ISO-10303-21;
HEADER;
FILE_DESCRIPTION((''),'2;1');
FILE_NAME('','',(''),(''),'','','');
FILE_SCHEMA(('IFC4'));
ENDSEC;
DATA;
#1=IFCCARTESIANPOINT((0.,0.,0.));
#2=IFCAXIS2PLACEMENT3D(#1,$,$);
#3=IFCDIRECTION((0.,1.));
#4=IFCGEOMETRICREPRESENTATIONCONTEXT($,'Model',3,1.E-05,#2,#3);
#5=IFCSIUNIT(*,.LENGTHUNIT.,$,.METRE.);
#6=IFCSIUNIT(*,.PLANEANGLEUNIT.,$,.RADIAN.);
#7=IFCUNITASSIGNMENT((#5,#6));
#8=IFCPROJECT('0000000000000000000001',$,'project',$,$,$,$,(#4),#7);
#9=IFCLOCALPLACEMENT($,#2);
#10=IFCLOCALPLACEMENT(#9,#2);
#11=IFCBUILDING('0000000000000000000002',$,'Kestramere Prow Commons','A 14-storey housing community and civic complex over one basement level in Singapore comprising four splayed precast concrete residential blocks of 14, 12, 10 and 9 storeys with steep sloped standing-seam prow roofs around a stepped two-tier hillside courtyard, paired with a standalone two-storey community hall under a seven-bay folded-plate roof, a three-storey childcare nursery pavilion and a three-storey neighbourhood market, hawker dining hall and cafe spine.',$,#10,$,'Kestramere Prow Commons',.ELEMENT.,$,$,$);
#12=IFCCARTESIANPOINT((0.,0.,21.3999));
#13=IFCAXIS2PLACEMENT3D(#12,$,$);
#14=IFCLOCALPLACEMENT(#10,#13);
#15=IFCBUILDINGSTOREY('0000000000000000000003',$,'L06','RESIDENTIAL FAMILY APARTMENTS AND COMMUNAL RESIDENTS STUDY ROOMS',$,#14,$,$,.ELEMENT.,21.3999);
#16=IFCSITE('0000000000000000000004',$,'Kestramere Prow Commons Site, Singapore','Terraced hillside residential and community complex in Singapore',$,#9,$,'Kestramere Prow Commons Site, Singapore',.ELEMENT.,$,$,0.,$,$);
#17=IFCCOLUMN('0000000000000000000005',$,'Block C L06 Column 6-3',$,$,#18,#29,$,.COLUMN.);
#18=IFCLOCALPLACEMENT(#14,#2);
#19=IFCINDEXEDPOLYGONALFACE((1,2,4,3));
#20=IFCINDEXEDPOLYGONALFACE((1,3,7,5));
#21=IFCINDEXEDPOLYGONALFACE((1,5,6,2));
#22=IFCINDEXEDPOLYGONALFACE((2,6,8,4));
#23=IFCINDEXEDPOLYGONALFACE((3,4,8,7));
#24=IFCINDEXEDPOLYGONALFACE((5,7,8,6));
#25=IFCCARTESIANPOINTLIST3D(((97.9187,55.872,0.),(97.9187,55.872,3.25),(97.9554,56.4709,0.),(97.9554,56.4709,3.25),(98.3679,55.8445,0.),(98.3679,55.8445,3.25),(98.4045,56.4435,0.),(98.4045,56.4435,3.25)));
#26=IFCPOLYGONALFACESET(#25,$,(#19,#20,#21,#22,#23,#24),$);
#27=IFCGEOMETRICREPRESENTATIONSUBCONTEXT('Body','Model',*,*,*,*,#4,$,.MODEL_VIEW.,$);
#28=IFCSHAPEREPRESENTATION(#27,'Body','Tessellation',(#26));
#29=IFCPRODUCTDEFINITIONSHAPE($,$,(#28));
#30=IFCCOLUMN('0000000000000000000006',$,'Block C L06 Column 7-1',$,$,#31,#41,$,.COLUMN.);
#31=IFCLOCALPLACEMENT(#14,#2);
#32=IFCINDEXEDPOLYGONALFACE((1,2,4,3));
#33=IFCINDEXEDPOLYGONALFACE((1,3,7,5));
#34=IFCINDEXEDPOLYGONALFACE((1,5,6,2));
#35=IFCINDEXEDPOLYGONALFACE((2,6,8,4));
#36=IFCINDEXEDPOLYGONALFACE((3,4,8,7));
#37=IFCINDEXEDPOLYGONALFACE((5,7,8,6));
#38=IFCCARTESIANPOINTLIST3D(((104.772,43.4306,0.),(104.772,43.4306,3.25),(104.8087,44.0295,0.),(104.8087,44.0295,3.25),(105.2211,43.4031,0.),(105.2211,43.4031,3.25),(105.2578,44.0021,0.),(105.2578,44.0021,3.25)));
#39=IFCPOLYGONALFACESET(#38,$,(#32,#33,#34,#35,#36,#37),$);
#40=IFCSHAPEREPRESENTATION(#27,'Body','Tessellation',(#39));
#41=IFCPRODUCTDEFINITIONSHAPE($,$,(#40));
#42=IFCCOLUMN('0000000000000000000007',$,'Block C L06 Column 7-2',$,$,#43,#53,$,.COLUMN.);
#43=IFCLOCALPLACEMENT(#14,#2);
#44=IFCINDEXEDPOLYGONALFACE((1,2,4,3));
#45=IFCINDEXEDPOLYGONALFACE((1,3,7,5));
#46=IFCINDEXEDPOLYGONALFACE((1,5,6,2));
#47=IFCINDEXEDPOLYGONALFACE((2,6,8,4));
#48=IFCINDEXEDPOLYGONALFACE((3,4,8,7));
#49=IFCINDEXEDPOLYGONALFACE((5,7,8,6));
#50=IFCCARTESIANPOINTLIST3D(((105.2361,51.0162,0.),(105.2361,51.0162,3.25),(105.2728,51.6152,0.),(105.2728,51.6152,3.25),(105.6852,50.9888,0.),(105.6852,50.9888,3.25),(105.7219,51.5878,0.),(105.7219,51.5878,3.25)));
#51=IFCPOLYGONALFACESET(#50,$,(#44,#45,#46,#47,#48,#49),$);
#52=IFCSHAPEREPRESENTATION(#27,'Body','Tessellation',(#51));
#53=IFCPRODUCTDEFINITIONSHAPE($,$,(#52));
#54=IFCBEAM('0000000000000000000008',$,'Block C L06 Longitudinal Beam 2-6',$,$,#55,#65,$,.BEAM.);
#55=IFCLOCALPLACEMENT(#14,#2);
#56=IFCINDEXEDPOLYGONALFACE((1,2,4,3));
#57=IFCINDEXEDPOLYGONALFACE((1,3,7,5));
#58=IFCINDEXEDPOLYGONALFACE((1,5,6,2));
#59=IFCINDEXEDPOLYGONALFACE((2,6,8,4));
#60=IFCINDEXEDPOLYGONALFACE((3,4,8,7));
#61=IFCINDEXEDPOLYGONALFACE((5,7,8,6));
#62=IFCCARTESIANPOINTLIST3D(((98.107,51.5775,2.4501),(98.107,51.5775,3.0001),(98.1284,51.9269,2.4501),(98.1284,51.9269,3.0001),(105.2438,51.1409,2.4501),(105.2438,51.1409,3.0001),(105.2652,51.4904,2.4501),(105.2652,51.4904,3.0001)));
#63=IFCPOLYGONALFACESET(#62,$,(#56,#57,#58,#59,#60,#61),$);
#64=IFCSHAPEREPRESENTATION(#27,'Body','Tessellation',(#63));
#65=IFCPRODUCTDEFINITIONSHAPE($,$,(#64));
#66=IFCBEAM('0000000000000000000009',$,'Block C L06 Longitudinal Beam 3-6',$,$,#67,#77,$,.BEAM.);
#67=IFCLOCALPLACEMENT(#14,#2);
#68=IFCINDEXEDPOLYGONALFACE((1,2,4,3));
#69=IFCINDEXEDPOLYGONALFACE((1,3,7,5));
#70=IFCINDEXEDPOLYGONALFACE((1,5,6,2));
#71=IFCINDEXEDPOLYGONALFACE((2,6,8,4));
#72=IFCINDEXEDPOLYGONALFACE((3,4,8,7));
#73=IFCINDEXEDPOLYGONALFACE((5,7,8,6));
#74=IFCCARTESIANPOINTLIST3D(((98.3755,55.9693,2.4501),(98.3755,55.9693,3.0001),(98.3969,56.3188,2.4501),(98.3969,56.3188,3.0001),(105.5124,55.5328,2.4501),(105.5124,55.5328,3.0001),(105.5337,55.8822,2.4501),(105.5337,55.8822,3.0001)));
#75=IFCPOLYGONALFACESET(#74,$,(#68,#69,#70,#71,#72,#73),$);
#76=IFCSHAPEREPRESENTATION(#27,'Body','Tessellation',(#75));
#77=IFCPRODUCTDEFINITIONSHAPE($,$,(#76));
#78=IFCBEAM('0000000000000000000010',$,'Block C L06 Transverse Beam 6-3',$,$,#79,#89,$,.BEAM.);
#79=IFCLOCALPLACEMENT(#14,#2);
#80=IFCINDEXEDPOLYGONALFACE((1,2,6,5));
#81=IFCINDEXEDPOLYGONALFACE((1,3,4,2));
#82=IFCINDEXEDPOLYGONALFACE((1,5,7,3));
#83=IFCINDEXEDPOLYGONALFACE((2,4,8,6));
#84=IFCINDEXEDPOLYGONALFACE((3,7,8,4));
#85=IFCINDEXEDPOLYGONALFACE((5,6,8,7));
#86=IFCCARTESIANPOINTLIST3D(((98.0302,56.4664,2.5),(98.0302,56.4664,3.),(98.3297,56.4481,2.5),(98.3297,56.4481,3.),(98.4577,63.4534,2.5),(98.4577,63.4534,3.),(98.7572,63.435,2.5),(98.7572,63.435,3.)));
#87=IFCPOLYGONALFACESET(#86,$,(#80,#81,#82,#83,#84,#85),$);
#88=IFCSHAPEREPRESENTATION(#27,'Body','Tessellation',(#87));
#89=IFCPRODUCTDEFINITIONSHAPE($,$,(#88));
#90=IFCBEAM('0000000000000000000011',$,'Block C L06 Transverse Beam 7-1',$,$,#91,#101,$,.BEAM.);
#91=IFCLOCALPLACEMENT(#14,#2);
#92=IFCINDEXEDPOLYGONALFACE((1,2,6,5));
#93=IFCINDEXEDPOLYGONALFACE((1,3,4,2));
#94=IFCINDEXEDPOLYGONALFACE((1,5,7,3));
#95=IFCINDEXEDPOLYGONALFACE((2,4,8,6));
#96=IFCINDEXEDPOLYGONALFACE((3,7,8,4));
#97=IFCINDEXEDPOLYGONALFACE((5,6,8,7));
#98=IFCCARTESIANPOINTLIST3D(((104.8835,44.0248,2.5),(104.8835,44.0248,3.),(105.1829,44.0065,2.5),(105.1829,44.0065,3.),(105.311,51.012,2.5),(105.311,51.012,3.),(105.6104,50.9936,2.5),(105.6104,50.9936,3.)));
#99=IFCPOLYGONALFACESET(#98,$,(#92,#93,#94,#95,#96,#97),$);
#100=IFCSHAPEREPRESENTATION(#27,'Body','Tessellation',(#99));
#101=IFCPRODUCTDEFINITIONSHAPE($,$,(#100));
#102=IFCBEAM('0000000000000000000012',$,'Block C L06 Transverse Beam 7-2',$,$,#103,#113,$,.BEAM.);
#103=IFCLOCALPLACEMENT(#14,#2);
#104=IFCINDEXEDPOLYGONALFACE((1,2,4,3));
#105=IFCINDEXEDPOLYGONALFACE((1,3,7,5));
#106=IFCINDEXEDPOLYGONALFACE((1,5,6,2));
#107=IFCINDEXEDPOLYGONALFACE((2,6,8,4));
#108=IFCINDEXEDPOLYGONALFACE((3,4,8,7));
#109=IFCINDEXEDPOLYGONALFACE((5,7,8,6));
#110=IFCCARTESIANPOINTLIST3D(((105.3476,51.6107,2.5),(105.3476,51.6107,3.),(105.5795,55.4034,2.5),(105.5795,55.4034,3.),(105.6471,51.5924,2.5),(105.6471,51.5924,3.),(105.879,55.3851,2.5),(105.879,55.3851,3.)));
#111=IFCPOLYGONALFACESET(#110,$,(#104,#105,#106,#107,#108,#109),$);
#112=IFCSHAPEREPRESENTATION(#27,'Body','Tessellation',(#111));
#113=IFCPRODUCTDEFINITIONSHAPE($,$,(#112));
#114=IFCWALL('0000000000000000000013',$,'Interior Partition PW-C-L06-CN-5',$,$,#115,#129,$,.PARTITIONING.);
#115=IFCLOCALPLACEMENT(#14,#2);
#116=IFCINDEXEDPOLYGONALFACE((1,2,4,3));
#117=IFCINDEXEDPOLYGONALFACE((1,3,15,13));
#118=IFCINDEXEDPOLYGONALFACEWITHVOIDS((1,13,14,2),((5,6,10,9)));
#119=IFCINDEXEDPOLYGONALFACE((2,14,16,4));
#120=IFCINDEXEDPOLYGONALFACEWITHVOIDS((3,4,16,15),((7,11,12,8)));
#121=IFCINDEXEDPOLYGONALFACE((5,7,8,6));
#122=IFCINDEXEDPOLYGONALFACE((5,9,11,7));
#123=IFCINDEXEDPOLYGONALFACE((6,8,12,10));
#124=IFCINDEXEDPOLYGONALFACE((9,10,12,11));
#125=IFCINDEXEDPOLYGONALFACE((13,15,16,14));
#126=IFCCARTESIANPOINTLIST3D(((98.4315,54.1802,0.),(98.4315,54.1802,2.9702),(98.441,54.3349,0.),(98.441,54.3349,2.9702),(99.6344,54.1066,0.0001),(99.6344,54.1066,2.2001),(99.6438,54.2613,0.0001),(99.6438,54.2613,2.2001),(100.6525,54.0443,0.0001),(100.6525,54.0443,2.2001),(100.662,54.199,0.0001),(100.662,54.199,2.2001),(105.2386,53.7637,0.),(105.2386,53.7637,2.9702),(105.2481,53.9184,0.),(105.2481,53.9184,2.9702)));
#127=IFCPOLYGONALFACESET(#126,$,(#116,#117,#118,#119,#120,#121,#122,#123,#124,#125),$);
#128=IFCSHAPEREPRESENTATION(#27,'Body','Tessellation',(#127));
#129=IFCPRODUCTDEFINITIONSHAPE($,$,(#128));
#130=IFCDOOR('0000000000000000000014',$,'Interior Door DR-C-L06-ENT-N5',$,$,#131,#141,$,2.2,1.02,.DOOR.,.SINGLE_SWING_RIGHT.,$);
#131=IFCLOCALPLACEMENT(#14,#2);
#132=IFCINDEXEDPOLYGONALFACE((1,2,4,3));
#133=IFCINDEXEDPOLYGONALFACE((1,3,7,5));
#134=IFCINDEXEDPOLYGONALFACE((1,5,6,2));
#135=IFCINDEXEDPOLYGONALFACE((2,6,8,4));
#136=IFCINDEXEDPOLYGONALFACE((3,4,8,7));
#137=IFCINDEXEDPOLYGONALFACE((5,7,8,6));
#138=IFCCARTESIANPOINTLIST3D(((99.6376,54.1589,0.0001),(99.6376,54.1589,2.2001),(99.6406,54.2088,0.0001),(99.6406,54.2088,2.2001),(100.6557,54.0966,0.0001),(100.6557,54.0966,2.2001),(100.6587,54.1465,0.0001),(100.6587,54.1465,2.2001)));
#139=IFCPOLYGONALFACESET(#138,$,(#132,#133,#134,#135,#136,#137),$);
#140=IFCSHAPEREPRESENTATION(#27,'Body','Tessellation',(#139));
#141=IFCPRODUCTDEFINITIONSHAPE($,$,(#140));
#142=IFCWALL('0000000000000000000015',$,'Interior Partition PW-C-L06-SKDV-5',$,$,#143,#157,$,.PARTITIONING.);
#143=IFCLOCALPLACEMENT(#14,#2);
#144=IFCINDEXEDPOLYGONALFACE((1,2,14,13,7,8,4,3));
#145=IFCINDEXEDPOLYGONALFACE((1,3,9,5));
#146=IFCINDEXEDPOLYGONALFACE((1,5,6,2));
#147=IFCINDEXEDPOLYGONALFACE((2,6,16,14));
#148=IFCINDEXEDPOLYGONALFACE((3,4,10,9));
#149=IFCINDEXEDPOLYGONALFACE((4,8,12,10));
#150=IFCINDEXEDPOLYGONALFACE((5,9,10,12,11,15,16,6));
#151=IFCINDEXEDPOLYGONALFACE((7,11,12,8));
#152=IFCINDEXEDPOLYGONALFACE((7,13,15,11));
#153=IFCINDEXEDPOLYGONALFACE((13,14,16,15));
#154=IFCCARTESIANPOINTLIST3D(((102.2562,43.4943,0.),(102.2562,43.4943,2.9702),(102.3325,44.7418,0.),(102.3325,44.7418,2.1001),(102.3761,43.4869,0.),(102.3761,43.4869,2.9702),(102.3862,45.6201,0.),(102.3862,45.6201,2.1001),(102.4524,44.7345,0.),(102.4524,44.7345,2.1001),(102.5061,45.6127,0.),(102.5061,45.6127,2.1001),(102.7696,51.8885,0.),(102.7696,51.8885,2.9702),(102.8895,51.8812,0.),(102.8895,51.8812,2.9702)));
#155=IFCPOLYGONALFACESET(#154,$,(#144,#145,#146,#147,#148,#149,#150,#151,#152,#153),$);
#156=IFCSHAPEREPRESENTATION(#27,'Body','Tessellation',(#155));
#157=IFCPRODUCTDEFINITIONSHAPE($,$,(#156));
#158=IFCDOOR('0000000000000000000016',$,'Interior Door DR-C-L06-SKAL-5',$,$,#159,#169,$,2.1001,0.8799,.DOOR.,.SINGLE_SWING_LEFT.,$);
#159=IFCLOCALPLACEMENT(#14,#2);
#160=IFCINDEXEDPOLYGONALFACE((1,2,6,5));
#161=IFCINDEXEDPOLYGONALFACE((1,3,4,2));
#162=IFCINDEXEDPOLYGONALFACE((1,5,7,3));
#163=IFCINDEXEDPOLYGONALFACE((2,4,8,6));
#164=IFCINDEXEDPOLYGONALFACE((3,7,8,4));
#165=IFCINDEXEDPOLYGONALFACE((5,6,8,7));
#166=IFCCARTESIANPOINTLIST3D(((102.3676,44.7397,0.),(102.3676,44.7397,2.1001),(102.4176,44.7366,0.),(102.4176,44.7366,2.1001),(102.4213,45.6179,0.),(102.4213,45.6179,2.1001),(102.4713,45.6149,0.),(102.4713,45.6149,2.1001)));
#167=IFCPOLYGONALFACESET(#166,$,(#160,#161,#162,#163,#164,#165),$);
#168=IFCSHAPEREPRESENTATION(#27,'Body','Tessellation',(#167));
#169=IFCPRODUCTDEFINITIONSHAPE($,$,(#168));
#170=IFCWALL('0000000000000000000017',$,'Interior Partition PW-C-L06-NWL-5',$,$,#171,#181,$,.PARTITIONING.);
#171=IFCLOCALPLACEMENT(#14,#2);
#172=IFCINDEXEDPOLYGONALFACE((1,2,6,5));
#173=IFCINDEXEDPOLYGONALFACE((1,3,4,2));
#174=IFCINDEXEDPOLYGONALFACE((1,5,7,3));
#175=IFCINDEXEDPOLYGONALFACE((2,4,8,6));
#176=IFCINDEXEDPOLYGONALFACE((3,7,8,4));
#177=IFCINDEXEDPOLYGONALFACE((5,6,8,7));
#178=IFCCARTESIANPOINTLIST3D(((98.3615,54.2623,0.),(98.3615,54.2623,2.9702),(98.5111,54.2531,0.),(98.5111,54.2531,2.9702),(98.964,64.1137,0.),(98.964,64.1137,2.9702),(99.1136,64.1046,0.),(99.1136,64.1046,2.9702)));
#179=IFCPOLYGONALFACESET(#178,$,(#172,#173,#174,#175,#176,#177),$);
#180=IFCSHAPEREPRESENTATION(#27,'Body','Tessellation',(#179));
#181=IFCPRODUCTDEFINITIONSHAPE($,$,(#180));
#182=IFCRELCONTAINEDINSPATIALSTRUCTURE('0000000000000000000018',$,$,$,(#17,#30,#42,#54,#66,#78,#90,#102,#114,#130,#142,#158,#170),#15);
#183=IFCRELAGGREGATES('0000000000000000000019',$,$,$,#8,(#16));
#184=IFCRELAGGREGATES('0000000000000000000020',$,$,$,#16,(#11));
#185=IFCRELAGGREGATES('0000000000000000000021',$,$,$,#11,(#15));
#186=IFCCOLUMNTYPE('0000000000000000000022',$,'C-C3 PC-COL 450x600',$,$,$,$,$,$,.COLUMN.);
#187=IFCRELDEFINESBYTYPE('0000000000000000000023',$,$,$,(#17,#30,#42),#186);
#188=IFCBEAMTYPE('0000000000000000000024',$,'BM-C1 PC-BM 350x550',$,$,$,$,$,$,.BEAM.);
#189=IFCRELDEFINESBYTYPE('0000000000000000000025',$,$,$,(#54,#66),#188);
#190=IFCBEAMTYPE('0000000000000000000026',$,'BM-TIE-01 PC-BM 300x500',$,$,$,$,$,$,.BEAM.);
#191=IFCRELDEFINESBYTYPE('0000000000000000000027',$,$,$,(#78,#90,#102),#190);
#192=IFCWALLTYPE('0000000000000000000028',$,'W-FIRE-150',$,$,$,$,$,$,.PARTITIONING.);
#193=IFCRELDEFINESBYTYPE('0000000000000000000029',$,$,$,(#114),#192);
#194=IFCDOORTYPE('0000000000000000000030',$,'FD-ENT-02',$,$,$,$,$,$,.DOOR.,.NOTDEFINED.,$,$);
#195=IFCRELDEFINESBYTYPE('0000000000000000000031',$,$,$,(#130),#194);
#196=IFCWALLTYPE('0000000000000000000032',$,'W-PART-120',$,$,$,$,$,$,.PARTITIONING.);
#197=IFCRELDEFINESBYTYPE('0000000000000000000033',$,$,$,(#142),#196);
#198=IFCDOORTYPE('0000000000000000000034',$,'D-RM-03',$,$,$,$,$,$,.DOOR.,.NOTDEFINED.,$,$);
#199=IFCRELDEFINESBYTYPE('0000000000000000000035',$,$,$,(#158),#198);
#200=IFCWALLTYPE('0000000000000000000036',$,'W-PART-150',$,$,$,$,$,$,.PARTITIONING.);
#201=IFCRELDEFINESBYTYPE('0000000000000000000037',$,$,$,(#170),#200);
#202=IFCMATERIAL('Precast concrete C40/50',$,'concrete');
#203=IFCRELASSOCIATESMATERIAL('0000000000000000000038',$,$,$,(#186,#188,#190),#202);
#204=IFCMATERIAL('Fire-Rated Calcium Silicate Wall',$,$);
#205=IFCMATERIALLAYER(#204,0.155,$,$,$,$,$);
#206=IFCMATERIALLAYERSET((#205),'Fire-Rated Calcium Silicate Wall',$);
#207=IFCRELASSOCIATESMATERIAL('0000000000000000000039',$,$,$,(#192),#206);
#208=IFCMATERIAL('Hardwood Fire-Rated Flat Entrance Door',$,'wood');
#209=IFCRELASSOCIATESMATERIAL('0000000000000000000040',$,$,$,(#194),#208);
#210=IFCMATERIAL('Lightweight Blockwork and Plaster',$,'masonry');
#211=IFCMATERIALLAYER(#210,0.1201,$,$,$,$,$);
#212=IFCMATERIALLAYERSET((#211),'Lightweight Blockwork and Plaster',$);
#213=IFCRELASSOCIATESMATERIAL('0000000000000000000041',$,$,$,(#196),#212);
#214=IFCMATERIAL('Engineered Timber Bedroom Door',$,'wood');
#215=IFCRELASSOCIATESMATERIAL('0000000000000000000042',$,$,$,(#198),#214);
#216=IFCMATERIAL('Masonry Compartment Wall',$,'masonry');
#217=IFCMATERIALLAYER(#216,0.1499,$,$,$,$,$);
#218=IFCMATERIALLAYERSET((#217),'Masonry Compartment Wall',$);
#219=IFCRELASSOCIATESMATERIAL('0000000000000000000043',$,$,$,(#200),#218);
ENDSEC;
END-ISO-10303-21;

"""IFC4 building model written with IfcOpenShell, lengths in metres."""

from ifc_helpers import new_model, si_unit, direction, frame, frame_2d, origin, origin_2d, place, context, subcontext, project, spatial, rectangle, extrude, material, layer, layer_set, material_profile, profile_set, type_object, element, fill, save


model = new_model("IFC4")

# Units and contexts
model_context = context("Model", 3, precision=1e-05, world=origin(), true_north=direction((0.0, 1.0)))
body_context = subcontext(model_context, "Body", "Model", "MODEL_VIEW")
ifc_project = project(units=[si_unit("LENGTHUNIT", "METRE"), si_unit("PLANEANGLEUNIT", "RADIAN")], contexts=[model_context])

# Site, building, storey
site_placement = place(None, origin())
site = spatial("IfcSite", under=ifc_project, at=site_placement, Name="Kestramere Prow Commons Site, Singapore", Description="Terraced hillside residential and community complex in Singapore", LongName="Kestramere Prow Commons Site, Singapore", CompositionType="ELEMENT", RefElevation=0.0)
building_placement = place(site_placement, origin())
building = spatial("IfcBuilding", under=site, at=building_placement, Name="Kestramere Prow Commons", Description="A 14-storey housing community and civic complex over one basement level in Singapore comprising four splayed precast concrete residential blocks of 14, 12, 10 and 9 storeys with steep sloped standing-seam prow roofs around a stepped two-tier hillside courtyard, paired with a standalone two-storey community hall under a seven-bay folded-plate roof, a three-storey childcare nursery pavilion and a three-storey neighbourhood market, hawker dining hall and cafe spine.", LongName="Kestramere Prow Commons", CompositionType="ELEMENT")
storey_placement = place(building_placement, frame((0.0, 0.0, 21.3999)))
storey = spatial("IfcBuildingStorey", under=building, at=storey_placement, Name="L06", Description="RESIDENTIAL FAMILY APARTMENTS AND COMMUNAL RESIDENTS STUDY ROOMS", CompositionType="ELEMENT", Elevation=21.3999)

# Columns
ifc_material_1 = material(Name="Precast concrete C40/50", Category="concrete")
ifc_material_profile_1 = material_profile(ifc_material_1, rectangle(XDim=0.45, YDim=0.6001, at=origin_2d()), Name="PC-COL 450x600")
ifc_profile_set_1 = profile_set([ifc_material_profile_1], Name="Precast concrete C40/50")
column_type = type_object("IfcColumnType", Name="C-C3 PC-COL 450x600", PredefinedType="COLUMN", material=ifc_profile_set_1)
for number, where, z_axis, x_axis, name in (
    (1, (98.1616, 56.1577, 0.0), (0.0, 0.0, 1.0), (0.998135, -0.061049, 0.0), "Block C L06 Column 6-3"),
    (2, (105.0149, 43.7163, 0.0), (0.0, 0.0, 1.0), (0.998135, -0.061049, 0.0), "Block C L06 Column 7-1"),
    (3, (105.479, 51.302, 0.0), (0.0, 0.0, 1.0), (0.998135, -0.061049, 0.0), "Block C L06 Column 7-2"),
):
    element("IfcColumn", number, at=place(storey_placement, frame(where, z_axis=z_axis, x_axis=x_axis)), inside=storey, type_object=column_type, Name=name, PredefinedType="COLUMN", context=body_context, shape_type="SweptSolid", body=[
        extrude(rectangle(XDim=0.45, YDim=0.6001, at=origin_2d()), origin(), (0.0, 0.0, 1.0), 3.25),
    ])

# Beams
ifc_material_profile_2 = material_profile(ifc_material_1, rectangle(XDim=0.3501, YDim=0.55, at=origin_2d()), Name="PC-BM 350x550")
ifc_profile_set_2 = profile_set([ifc_material_profile_2], Name="Precast concrete C40/50")
beam_type_1 = type_object("IfcBeamType", Name="BM-C1 PC-BM 350x550", PredefinedType="BEAM", material=ifc_profile_set_2)
for number, where, z_axis, x_axis, name in (
    (4, (98.1177, 51.7522, 2.7251), (0.998135, -0.061052, 0.0), (0.061052, 0.998135, 0.0), "Block C L06 Longitudinal Beam 2-6"),
    (5, (98.3862, 56.144, 2.7251), (0.998135, -0.061052, 0.0), (0.061052, 0.998135, 0.0), "Block C L06 Longitudinal Beam 3-6"),
):
    element("IfcBeam", number, at=place(storey_placement, frame(where, z_axis=z_axis, x_axis=x_axis)), inside=storey, type_object=beam_type_1, Name=name, PredefinedType="BEAM", context=body_context, shape_type="SweptSolid", body=[
        extrude(rectangle(XDim=0.3501, YDim=0.55, at=origin_2d()), origin(), (0.0, 0.0, 1.0), 7.1501),
    ])
ifc_material_profile_3 = material_profile(ifc_material_1, rectangle(XDim=0.3, YDim=0.5, at=origin_2d()), Name="PC-BM 300x500")
ifc_profile_set_3 = profile_set([ifc_material_profile_3], Name="Precast concrete C40/50")
beam_type_2 = type_object("IfcBeamType", Name="BM-TIE-01 PC-BM 300x500", PredefinedType="BEAM", material=ifc_profile_set_3)
beam_1_placement = place(storey_placement, frame((98.1799, 56.4573, 2.75), z_axis=(0.061071, 0.998133, 0.0), x_axis=(-0.998133, 0.061071, 0.0)))
element("IfcBeam", 6, at=beam_1_placement, inside=storey, type_object=beam_type_2, Name="Block C L06 Transverse Beam 6-3", PredefinedType="BEAM", context=body_context, shape_type="SweptSolid", body=[
    extrude(rectangle(XDim=0.3, YDim=0.5, at=origin_2d()), origin(), (0.0, 0.0, 1.0), 7.0),
])
beam_2_placement = place(storey_placement, frame((105.0332, 44.0156, 2.75), z_axis=(0.061069, 0.998134, 0.0), x_axis=(-0.998134, 0.061069, 0.0)))
element("IfcBeam", 7, at=beam_2_placement, inside=storey, type_object=beam_type_2, Name="Block C L06 Transverse Beam 7-1", PredefinedType="BEAM", context=body_context, shape_type="SweptSolid", body=[
    extrude(rectangle(XDim=0.3, YDim=0.5, at=origin_2d()), origin(), (0.0, 0.0, 1.0), 7.0002),
])
beam_3_placement = place(storey_placement, frame((105.4973, 51.6016, 2.75), z_axis=(0.061038, 0.998135, 0.0), x_axis=(-0.998135, 0.061038, 0.0)))
element("IfcBeam", 8, at=beam_3_placement, inside=storey, type_object=beam_type_2, Name="Block C L06 Transverse Beam 7-2", PredefinedType="BEAM", context=body_context, shape_type="SweptSolid", body=[
    extrude(rectangle(XDim=0.3, YDim=0.5, at=origin_2d()), origin(), (0.0, 0.0, 1.0), 3.7998),
])

# Walls, openings, doors
ifc_material_2 = material(Name="Fire-Rated Calcium Silicate Wall")
ifc_layer_1 = layer(ifc_material_2, 0.155)
ifc_layer_set_1 = layer_set([ifc_layer_1], Name="Fire-Rated Calcium Silicate Wall")
wall_type_1 = type_object("IfcWallType", Name="W-FIRE-150", PredefinedType="PARTITIONING", material=ifc_layer_set_1)
wall_1_placement = place(storey_placement, frame((98.4363, 54.2576, 0.0), z_axis=(0.0, 0.0, 1.0), x_axis=(0.998133, -0.061072, 0.0)))
wall_1 = element("IfcWall", 9, at=wall_1_placement, inside=storey, type_object=wall_type_1, Name="Interior Partition PW-C-L06-CN-5", PredefinedType="PARTITIONING", context=body_context, shape_type="SweptSolid", body=[
    extrude(rectangle(XDim=6.8198, YDim=0.155, at=frame_2d((3.4099, 0.0))), origin(), (0.0, 0.0, 1.0), 2.9702),
])
opening_1_placement = place(wall_1_placement, frame((1.2051, 0.0, 0.0)))
opening_1 = element("IfcOpeningElement", 10, at=opening_1_placement, cuts=wall_1, PredefinedType="OPENING", context=body_context, shape_type="SweptSolid", body=[
    extrude(rectangle(XDim=1.02, YDim=2.2, at=frame_2d((0.51, 1.1001))), frame((0.0, 0.0925, 0.0), z_axis=(0.0, -1.0, 0.0), x_axis=(1.0, 0.0, 0.0)), (0.0, 0.0, 1.0), 0.1851),
])
ifc_material_3 = material(Name="Hardwood Fire-Rated Flat Entrance Door", Category="wood")
door_type_1 = type_object("IfcDoorType", Name="FD-ENT-02", OperationType="NOTDEFINED", PredefinedType="DOOR", material=ifc_material_3)
door_1_placement = place(opening_1_placement, origin())
door_1 = element("IfcDoor", 11, at=door_1_placement, inside=storey, type_object=door_type_1, Name="Interior Door DR-C-L06-ENT-N5", OperationType="SINGLE_SWING_RIGHT", OverallHeight=2.2, OverallWidth=1.02, PredefinedType="DOOR", context=body_context, shape_type="SweptSolid", body=[
    extrude(rectangle(XDim=1.02, YDim=2.2, at=frame_2d((0.51, 1.1001))), frame((0.0, 0.0249, 0.0), z_axis=(0.0, -1.0, 0.0), x_axis=(1.0, 0.0, 0.0)), (0.0, 0.0, 1.0), 0.05),
])
fill(opening_1, door_1)
ifc_material_4 = material(Name="Lightweight Blockwork and Plaster", Category="masonry")
ifc_layer_2 = layer(ifc_material_4, 0.1201)
ifc_layer_set_2 = layer_set([ifc_layer_2], Name="Lightweight Blockwork and Plaster")
wall_type_2 = type_object("IfcWallType", Name="W-PART-120", PredefinedType="PARTITIONING", material=ifc_layer_set_2)
wall_2_placement = place(storey_placement, frame((102.3162, 43.4905, 0.0), z_axis=(0.0, 0.0, 1.0), x_axis=(0.06105, 0.998135, 0.0)))
wall_2 = element("IfcWall", 12, at=wall_2_placement, inside=storey, type_object=wall_type_2, Name="Interior Partition PW-C-L06-SKDV-5", PredefinedType="PARTITIONING", context=body_context, shape_type="SweptSolid", body=[
    extrude(rectangle(XDim=8.4099, YDim=0.1201, at=frame_2d((4.2051, 0.0))), origin(), (0.0, 0.0, 1.0), 2.9702),
])
opening_2_placement = place(wall_2_placement, frame((1.25, 0.0, 0.0)))
opening_2 = element("IfcOpeningElement", 13, at=opening_2_placement, cuts=wall_2, PredefinedType="OPENING", context=body_context, shape_type="SweptSolid", body=[
    extrude(rectangle(XDim=0.8799, YDim=2.1001, at=frame_2d((0.4399, 1.05))), frame((0.0, 0.075, 0.0), z_axis=(0.0, -1.0, 0.0), x_axis=(1.0, 0.0, 0.0)), (0.0, 0.0, 1.0), 0.1501),
])
ifc_material_5 = material(Name="Engineered Timber Bedroom Door", Category="wood")
door_type_2 = type_object("IfcDoorType", Name="D-RM-03", OperationType="NOTDEFINED", PredefinedType="DOOR", material=ifc_material_5)
door_2_placement = place(opening_2_placement, origin())
door_2 = element("IfcDoor", 14, at=door_2_placement, inside=storey, type_object=door_type_2, Name="Interior Door DR-C-L06-SKAL-5", OperationType="SINGLE_SWING_LEFT", OverallHeight=2.1001, OverallWidth=0.8799, PredefinedType="DOOR", context=body_context, shape_type="SweptSolid", body=[
    extrude(rectangle(XDim=0.8799, YDim=2.1001, at=frame_2d((0.4399, 1.05))), frame((0.0, 0.0249, 0.0), z_axis=(0.0, -1.0, 0.0), x_axis=(1.0, 0.0, 0.0)), (0.0, 0.0, 1.0), 0.05),
])
fill(opening_2, door_2)

# Wall
ifc_material_6 = material(Name="Masonry Compartment Wall", Category="masonry")
ifc_layer_3 = layer(ifc_material_6, 0.1499)
ifc_layer_set_3 = layer_set([ifc_layer_3], Name="Masonry Compartment Wall")
wall_type_3 = type_object("IfcWallType", Name="W-PART-150", PredefinedType="PARTITIONING", material=ifc_layer_set_3)
for number, where, z_axis, x_axis, name in (
    (15, (98.4363, 54.2576, 0.0), (0.0, 0.0, 1.0), (0.061048, 0.998135, 0.0), "Interior Partition PW-C-L06-NWL-5"),
):
    element("IfcWall", number, at=place(storey_placement, frame(where, z_axis=z_axis, x_axis=x_axis)), inside=storey, type_object=wall_type_3, Name=name, PredefinedType="PARTITIONING", context=body_context, shape_type="SweptSolid", body=[
        extrude(rectangle(XDim=9.8699, YDim=0.1499, at=frame_2d((4.9351, 0.0))), origin(), (0.0, 0.0, 1.0), 2.9702),
    ])

save(model, "model.ifc")
